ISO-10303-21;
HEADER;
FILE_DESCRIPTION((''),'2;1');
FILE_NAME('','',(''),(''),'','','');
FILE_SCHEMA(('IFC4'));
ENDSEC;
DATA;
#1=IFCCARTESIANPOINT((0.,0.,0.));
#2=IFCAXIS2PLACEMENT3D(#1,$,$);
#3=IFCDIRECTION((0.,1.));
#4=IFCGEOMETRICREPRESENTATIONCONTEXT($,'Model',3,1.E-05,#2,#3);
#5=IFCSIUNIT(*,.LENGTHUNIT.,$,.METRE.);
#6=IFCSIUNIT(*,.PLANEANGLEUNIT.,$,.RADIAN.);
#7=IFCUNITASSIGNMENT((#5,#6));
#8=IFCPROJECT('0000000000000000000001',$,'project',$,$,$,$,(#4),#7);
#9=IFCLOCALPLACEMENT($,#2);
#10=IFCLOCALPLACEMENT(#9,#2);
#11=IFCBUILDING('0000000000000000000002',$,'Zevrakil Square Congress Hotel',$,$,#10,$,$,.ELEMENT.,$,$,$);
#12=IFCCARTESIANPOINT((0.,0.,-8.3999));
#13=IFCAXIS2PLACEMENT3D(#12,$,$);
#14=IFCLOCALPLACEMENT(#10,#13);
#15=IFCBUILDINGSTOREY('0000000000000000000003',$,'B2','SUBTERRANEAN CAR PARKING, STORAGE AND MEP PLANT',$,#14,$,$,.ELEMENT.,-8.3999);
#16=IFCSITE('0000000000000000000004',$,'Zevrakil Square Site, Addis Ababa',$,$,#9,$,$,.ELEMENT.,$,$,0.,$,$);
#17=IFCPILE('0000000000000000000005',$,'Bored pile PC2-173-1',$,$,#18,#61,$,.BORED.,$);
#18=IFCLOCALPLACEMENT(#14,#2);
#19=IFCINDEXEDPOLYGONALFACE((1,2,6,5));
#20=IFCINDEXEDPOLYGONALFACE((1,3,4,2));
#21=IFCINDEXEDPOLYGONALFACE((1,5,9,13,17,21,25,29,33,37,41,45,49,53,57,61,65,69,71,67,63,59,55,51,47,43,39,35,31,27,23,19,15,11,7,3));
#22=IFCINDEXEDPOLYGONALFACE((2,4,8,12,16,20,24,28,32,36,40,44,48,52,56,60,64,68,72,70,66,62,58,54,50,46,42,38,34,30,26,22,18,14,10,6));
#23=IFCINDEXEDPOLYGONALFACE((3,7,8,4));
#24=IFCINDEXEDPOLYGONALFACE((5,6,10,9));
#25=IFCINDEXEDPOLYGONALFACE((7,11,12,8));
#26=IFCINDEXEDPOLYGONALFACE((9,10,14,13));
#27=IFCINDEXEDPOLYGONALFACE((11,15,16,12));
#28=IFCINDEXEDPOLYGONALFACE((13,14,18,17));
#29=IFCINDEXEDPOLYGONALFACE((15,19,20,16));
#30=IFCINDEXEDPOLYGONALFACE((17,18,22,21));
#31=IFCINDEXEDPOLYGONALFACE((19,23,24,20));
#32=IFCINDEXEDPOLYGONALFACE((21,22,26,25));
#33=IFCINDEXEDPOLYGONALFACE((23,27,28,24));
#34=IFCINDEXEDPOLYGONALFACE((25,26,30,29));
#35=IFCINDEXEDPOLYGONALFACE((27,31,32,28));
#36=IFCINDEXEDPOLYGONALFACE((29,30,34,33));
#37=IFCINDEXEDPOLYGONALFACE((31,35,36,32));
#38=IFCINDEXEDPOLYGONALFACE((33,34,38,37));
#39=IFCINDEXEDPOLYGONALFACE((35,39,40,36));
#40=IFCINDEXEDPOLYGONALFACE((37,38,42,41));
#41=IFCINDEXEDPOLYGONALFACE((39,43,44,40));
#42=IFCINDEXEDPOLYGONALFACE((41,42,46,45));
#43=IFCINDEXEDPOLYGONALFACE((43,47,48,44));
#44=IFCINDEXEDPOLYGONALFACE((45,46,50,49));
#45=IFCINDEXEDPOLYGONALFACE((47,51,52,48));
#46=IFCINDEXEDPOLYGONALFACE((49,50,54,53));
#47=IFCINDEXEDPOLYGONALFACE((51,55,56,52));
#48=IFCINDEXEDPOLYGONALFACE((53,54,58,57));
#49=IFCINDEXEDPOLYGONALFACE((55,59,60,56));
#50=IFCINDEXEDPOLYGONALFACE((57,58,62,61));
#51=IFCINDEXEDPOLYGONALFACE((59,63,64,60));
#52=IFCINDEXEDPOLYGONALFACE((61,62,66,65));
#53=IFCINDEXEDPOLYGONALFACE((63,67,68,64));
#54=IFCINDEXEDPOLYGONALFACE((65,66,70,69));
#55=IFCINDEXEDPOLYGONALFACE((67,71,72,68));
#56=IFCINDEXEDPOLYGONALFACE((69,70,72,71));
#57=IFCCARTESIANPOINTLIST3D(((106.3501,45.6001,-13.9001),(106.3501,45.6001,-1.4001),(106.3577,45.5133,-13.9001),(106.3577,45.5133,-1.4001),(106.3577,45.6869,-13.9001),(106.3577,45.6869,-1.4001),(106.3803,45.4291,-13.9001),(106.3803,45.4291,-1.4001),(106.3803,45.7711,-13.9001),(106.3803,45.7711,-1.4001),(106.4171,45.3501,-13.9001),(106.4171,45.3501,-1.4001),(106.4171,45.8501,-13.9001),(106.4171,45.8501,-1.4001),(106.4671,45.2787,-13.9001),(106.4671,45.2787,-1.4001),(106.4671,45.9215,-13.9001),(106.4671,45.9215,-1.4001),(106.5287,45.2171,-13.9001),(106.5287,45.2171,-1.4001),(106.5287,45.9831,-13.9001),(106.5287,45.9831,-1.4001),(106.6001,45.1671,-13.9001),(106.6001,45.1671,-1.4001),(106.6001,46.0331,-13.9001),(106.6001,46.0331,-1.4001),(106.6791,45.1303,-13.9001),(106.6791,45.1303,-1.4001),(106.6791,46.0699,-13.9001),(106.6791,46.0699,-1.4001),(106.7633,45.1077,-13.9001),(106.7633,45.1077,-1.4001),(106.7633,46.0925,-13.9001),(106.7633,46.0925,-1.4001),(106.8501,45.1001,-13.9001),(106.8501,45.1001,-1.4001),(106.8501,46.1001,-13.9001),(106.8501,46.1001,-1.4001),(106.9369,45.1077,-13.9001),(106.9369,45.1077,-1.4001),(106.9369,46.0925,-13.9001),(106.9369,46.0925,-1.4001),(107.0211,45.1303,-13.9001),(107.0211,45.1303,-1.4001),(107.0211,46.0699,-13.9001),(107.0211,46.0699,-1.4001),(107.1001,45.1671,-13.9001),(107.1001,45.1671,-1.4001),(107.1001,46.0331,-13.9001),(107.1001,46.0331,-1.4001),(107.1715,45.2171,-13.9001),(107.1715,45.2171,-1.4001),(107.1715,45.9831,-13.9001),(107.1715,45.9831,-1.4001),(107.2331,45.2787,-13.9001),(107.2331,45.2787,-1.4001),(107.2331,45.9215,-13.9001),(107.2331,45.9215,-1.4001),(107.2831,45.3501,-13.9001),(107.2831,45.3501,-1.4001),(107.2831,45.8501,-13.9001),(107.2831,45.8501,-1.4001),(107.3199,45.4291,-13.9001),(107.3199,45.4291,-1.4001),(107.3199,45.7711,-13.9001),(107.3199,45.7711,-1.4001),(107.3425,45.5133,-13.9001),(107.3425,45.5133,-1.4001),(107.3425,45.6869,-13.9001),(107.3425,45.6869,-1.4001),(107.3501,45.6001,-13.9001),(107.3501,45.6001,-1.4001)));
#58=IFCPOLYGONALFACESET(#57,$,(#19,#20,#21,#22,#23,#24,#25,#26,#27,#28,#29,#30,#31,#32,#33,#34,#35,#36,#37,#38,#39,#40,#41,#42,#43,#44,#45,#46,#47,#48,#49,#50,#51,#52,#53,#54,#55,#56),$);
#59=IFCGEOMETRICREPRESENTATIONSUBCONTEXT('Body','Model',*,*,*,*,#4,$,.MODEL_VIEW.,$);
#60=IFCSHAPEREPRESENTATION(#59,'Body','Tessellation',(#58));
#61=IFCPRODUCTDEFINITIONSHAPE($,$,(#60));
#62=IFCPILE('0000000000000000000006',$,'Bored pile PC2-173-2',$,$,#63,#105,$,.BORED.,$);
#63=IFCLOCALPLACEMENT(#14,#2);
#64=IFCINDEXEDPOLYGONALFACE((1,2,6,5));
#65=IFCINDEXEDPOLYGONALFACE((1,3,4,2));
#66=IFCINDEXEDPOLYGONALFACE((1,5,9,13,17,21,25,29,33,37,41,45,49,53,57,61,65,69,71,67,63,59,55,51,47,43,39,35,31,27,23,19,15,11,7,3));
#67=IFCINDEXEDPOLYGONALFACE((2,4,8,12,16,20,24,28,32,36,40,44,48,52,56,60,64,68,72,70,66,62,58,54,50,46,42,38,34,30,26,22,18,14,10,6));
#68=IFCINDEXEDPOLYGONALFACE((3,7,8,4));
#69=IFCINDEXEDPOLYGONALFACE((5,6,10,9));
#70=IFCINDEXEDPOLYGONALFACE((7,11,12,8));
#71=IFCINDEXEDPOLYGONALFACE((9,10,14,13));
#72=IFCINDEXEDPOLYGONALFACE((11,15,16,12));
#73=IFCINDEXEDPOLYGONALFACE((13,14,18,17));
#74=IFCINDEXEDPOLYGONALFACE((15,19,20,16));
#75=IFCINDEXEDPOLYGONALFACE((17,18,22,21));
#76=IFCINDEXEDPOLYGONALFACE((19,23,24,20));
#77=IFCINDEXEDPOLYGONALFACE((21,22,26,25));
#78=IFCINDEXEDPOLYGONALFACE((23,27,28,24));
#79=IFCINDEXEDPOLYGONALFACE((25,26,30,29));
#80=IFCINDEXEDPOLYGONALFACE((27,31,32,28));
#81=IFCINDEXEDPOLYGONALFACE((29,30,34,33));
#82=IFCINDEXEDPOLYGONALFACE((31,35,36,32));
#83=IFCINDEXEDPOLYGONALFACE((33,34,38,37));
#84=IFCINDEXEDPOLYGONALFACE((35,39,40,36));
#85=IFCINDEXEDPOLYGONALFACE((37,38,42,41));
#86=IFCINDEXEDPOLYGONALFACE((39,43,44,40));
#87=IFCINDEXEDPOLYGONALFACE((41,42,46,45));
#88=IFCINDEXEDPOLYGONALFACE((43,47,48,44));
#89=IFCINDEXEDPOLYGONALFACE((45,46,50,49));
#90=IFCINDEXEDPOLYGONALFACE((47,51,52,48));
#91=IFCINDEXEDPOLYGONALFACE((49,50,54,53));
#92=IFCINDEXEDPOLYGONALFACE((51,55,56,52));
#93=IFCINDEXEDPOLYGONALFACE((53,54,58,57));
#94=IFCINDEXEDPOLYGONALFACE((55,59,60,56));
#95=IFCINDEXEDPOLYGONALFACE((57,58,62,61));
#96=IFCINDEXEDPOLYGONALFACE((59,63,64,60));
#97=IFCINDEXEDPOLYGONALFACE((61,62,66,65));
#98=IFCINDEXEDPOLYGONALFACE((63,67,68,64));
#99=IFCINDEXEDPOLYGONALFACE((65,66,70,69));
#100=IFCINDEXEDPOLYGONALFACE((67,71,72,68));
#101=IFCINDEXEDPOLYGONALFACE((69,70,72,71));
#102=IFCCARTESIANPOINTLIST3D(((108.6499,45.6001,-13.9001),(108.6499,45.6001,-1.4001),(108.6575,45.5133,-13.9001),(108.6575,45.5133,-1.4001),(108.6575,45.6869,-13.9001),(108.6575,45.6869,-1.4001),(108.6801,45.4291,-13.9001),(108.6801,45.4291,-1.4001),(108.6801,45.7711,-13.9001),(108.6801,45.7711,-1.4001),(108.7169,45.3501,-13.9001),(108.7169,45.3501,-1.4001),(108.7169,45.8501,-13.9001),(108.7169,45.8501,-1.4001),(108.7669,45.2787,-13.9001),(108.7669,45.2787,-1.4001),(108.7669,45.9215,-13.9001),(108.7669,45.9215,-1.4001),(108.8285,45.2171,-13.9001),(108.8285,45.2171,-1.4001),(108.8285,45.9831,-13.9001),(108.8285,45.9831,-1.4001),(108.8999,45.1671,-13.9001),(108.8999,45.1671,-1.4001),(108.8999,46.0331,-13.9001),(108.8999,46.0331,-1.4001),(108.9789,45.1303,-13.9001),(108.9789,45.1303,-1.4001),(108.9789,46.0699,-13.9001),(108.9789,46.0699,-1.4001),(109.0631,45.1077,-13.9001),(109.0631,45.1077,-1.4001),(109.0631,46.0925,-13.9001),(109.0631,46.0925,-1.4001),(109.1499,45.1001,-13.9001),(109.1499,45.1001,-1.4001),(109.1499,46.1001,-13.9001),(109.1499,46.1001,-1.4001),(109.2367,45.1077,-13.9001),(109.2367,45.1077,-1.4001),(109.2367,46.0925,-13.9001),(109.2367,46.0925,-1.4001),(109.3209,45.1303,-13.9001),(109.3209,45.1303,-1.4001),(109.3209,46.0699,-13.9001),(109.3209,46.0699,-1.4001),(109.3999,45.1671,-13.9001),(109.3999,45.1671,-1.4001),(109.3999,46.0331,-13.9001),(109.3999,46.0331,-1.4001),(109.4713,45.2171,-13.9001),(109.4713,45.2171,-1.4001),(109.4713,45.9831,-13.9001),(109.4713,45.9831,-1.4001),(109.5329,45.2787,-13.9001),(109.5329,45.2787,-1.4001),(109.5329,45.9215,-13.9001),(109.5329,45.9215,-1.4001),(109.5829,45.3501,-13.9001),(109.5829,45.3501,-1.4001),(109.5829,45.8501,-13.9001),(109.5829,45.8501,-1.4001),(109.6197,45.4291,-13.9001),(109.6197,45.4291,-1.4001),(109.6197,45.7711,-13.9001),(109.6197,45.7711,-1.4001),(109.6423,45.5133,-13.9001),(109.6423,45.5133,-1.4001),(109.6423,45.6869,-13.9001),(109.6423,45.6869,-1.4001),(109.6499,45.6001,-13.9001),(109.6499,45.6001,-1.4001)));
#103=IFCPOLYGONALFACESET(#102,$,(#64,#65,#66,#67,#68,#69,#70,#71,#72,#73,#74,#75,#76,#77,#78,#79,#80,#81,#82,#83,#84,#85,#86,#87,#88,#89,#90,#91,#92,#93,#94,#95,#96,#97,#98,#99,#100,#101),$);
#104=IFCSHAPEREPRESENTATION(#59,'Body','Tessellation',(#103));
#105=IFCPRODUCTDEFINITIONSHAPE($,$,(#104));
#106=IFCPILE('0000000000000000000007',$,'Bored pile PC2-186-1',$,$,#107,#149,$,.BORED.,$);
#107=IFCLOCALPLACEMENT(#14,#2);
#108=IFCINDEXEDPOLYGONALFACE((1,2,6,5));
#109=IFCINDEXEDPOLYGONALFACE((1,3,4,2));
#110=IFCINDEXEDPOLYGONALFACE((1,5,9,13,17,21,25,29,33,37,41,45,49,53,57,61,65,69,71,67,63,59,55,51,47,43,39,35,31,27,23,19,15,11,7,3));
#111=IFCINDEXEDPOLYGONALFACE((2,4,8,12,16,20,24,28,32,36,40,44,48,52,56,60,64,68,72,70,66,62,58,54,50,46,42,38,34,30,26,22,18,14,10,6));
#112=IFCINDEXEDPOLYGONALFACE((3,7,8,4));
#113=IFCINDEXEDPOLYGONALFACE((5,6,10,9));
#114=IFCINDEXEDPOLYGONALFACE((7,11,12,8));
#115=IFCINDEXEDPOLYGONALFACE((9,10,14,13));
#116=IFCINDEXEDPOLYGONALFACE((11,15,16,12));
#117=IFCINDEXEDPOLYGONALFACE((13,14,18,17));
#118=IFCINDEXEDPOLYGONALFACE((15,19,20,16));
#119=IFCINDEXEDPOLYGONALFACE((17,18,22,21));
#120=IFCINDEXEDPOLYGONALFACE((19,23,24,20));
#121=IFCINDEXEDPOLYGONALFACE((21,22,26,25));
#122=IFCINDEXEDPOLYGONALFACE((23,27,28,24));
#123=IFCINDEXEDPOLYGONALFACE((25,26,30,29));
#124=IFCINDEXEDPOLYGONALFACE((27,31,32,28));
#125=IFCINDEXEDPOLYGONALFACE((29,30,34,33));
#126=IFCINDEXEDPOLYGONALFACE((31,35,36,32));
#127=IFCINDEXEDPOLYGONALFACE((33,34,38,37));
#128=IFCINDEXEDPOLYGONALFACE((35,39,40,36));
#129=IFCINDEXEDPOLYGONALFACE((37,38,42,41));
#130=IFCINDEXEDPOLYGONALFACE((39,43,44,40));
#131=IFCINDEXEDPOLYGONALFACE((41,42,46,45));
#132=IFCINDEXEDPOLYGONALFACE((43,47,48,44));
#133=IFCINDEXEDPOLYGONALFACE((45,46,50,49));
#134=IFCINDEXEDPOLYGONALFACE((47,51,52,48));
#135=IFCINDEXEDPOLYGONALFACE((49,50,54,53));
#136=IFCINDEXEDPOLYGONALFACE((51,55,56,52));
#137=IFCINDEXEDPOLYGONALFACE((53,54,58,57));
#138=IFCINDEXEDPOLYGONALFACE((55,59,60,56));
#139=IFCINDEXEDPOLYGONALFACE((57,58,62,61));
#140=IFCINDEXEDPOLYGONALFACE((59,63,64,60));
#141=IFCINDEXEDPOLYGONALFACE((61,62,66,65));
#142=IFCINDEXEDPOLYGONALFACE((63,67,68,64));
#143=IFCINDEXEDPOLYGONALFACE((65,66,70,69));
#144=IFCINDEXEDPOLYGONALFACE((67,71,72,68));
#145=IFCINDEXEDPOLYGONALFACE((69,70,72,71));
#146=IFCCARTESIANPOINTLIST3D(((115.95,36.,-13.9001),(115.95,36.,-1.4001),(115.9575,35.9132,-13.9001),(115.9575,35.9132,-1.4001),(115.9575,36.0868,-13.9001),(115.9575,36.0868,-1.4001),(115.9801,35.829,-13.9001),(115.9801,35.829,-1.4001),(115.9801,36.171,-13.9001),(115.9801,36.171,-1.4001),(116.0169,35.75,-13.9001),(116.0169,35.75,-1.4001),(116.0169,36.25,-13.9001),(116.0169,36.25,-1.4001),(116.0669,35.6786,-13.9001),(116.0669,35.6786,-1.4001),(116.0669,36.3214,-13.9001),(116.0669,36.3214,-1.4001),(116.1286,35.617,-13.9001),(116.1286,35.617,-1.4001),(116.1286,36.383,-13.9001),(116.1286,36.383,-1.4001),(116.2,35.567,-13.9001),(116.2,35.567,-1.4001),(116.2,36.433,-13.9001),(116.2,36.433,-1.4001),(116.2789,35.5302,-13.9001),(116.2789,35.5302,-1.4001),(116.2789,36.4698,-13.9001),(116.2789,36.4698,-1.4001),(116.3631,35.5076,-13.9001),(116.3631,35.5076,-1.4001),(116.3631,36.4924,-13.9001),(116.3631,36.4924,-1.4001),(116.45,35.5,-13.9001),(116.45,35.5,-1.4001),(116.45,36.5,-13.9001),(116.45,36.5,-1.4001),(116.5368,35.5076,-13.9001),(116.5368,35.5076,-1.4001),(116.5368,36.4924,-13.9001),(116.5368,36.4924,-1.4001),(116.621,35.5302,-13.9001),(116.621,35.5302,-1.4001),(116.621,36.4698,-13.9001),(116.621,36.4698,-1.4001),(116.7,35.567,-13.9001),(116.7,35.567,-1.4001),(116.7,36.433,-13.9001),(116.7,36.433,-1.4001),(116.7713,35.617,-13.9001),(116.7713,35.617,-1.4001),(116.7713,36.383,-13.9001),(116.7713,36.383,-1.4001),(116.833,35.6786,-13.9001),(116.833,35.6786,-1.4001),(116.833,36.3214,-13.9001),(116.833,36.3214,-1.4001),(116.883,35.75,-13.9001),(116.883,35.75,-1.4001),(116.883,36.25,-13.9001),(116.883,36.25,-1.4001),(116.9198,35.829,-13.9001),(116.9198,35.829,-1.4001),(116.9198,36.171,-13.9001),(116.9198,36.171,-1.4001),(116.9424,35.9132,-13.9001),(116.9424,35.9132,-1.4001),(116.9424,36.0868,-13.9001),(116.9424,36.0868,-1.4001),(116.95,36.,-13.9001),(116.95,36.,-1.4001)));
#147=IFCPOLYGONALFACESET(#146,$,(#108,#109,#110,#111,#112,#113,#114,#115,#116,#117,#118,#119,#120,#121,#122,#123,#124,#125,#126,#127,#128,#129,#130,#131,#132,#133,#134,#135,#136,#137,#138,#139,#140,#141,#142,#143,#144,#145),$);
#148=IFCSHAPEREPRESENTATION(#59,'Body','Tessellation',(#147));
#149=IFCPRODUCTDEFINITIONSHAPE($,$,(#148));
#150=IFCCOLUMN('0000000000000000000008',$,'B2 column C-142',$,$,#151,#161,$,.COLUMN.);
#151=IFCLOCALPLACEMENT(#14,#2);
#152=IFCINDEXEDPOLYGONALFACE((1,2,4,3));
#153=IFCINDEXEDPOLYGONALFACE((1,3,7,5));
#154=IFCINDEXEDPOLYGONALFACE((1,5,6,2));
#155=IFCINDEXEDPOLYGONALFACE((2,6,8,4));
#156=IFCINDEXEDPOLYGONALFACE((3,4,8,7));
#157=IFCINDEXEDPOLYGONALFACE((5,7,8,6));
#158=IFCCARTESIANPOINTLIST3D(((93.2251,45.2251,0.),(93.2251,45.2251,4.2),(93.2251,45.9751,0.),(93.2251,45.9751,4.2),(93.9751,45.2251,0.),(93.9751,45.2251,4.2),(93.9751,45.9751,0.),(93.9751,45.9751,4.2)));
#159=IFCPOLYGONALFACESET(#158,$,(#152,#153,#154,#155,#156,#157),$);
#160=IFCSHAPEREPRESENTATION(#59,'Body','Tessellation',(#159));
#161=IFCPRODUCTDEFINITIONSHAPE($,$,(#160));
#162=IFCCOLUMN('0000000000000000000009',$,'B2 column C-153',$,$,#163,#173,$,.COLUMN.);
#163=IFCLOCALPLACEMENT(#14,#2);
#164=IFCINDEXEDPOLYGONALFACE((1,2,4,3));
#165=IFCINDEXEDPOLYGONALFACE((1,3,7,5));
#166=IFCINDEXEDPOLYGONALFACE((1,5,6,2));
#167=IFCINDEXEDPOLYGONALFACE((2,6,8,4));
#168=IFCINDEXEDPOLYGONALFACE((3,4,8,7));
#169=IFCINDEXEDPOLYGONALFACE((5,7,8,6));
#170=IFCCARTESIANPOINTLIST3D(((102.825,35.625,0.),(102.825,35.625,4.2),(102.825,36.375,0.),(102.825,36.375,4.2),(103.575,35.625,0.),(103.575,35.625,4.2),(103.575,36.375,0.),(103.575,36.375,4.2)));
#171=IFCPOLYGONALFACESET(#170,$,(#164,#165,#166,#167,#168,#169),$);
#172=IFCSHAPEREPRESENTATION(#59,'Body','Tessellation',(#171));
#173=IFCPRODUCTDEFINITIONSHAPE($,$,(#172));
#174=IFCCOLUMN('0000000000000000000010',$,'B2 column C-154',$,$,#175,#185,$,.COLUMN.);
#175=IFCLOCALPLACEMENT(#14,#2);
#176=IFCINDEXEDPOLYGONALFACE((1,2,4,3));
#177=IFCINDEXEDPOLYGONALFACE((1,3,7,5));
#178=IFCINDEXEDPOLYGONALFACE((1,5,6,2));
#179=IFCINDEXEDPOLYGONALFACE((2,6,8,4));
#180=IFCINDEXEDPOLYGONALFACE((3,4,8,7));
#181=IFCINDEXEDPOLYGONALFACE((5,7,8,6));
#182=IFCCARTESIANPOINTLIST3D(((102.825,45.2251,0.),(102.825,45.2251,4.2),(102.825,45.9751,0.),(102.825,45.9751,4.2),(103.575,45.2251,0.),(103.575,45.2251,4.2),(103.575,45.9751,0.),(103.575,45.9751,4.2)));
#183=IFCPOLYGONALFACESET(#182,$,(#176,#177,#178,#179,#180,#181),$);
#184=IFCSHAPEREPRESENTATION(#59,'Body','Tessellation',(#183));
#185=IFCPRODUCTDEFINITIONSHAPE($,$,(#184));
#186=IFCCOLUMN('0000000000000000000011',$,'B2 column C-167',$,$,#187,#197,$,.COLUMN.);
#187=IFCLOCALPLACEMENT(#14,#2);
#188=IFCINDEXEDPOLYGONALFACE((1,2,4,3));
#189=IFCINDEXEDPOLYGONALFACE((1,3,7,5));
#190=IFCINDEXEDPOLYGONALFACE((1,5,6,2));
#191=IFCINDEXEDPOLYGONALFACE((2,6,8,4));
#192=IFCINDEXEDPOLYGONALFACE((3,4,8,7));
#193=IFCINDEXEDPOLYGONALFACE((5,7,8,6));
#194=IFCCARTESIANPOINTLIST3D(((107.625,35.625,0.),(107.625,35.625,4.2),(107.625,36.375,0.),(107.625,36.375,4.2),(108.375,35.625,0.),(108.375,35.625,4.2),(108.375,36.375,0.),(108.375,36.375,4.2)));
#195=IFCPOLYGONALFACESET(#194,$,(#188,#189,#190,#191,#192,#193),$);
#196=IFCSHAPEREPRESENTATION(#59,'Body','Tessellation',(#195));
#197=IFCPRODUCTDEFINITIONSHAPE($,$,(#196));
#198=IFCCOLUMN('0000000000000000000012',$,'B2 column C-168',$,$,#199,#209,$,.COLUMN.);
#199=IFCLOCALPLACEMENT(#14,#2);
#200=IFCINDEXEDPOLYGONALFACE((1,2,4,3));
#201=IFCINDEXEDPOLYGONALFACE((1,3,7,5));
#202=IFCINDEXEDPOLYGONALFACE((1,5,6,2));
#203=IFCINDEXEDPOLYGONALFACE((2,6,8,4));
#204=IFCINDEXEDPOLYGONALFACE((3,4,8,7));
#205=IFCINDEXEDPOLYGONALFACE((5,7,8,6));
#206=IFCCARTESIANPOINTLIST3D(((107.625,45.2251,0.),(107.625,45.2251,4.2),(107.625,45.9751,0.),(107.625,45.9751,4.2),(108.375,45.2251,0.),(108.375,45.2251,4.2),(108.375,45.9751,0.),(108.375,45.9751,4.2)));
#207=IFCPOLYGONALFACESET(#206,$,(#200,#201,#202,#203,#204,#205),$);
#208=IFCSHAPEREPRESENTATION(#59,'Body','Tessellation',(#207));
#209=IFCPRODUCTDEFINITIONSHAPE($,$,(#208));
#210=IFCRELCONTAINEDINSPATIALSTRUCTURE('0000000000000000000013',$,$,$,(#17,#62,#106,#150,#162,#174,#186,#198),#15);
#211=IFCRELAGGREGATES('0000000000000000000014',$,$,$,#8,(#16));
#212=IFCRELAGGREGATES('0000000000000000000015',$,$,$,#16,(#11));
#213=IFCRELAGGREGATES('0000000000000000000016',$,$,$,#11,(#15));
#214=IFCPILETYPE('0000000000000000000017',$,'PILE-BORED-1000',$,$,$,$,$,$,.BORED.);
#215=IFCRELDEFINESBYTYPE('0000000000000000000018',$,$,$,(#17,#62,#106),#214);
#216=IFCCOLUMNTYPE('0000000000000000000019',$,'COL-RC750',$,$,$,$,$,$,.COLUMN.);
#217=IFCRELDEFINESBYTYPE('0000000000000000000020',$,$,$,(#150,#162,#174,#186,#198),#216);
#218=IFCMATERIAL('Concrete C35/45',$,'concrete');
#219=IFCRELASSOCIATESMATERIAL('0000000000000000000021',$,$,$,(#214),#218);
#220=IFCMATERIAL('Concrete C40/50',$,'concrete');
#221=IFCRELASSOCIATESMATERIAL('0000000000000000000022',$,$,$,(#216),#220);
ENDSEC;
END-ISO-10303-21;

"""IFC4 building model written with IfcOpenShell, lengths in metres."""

from ifc_helpers import new_model, si_unit, direction, frame, origin, origin_2d, place, context, subcontext, project, spatial, rectangle, circle, extrude, material, material_profile, profile_set, type_object, element, save


model = new_model("IFC4")

# Units and contexts
model_context = context("Model", 3, precision=1e-05, world=origin(), true_north=direction((0.0, 1.0)))
body_context = subcontext(model_context, "Body", "Model", "MODEL_VIEW")
ifc_project = project(units=[si_unit("LENGTHUNIT", "METRE"), si_unit("PLANEANGLEUNIT", "RADIAN")], contexts=[model_context])

# Site, building, storey
site_placement = place(None, origin())
site = spatial("IfcSite", under=ifc_project, at=site_placement, Name="Zevrakil Square Site, Addis Ababa", CompositionType="ELEMENT", RefElevation=0.0)
building_placement = place(site_placement, origin())
building = spatial("IfcBuilding", under=site, at=building_placement, Name="Zevrakil Square Congress Hotel", CompositionType="ELEMENT")
storey_placement = place(building_placement, frame((0.0, 0.0, -8.3999)))
storey = spatial("IfcBuildingStorey", under=building, at=storey_placement, Name="B2", Description="SUBTERRANEAN CAR PARKING, STORAGE AND MEP PLANT", CompositionType="ELEMENT", Elevation=-8.3999)

# Piles
ifc_material_1 = material(Name="Concrete C35/45", Category="concrete")
ifc_material_profile_1 = material_profile(ifc_material_1, circle(Radius=0.5, at=origin_2d()), Name="PILE D1000")
ifc_profile_set_1 = profile_set([ifc_material_profile_1], Name="Concrete C35/45")
pile_type = type_object("IfcPileType", Name="PILE-BORED-1000", PredefinedType="BORED", material=ifc_profile_set_1)
for number, where, z_axis, x_axis, name in (
    (1, (106.8501, 45.6001, -1.4001), (0.0, 0.0, -1.0), (1.0, 0.0, 0.0), "Bored pile PC2-173-1"),
    (2, (109.1499, 45.6001, -1.4001), (0.0, 0.0, -1.0), (1.0, 0.0, 0.0), "Bored pile PC2-173-2"),
    (3, (116.45, 36.0, -1.4001), (0.0, 0.0, -1.0), (1.0, 0.0, 0.0), "Bored pile PC2-186-1"),
):
    element("IfcPile", number, at=place(storey_placement, frame(where, z_axis=z_axis, x_axis=x_axis)), inside=storey, type_object=pile_type, Name=name, PredefinedType="BORED", context=body_context, shape_type="SweptSolid", body=[
        extrude(circle(Radius=0.5, at=origin_2d()), origin(), (0.0, 0.0, 1.0), 12.5),
    ])

# Columns
ifc_material_2 = material(Name="Concrete C40/50", Category="concrete")
ifc_material_profile_2 = material_profile(ifc_material_2, rectangle(XDim=0.75, YDim=0.75, at=origin_2d()), Name="RC 750x750")
ifc_profile_set_2 = profile_set([ifc_material_profile_2], Name="Concrete C40/50")
column_type = type_object("IfcColumnType", Name="COL-RC750", PredefinedType="COLUMN", material=ifc_profile_set_2)
for number, where, z_axis, x_axis, name in (
    (4, (93.6001, 45.6001, 0.0), (0.0, 0.0, 1.0), (1.0, 0.0, 0.0), "B2 column C-142"),
    (5, (103.2, 36.0, 0.0), (0.0, 0.0, 1.0), (1.0, 0.0, 0.0), "B2 column C-153"),
    (6, (103.2, 45.6001, 0.0), (0.0, 0.0, 1.0), (1.0, 0.0, 0.0), "B2 column C-154"),
    (7, (108.0, 36.0, 0.0), (0.0, 0.0, 1.0), (1.0, 0.0, 0.0), "B2 column C-167"),
    (8, (108.0, 45.6001, 0.0), (0.0, 0.0, 1.0), (1.0, 0.0, 0.0), "B2 column C-168"),
):
    element("IfcColumn", number, at=place(storey_placement, frame(where, z_axis=z_axis, x_axis=x_axis)), inside=storey, type_object=column_type, Name=name, PredefinedType="COLUMN", context=body_context, shape_type="SweptSolid", body=[
        extrude(rectangle(XDim=0.75, YDim=0.75, at=origin_2d()), origin(), (0.0, 0.0, 1.0), 4.2),
    ])

save(model, "model.ifc")
